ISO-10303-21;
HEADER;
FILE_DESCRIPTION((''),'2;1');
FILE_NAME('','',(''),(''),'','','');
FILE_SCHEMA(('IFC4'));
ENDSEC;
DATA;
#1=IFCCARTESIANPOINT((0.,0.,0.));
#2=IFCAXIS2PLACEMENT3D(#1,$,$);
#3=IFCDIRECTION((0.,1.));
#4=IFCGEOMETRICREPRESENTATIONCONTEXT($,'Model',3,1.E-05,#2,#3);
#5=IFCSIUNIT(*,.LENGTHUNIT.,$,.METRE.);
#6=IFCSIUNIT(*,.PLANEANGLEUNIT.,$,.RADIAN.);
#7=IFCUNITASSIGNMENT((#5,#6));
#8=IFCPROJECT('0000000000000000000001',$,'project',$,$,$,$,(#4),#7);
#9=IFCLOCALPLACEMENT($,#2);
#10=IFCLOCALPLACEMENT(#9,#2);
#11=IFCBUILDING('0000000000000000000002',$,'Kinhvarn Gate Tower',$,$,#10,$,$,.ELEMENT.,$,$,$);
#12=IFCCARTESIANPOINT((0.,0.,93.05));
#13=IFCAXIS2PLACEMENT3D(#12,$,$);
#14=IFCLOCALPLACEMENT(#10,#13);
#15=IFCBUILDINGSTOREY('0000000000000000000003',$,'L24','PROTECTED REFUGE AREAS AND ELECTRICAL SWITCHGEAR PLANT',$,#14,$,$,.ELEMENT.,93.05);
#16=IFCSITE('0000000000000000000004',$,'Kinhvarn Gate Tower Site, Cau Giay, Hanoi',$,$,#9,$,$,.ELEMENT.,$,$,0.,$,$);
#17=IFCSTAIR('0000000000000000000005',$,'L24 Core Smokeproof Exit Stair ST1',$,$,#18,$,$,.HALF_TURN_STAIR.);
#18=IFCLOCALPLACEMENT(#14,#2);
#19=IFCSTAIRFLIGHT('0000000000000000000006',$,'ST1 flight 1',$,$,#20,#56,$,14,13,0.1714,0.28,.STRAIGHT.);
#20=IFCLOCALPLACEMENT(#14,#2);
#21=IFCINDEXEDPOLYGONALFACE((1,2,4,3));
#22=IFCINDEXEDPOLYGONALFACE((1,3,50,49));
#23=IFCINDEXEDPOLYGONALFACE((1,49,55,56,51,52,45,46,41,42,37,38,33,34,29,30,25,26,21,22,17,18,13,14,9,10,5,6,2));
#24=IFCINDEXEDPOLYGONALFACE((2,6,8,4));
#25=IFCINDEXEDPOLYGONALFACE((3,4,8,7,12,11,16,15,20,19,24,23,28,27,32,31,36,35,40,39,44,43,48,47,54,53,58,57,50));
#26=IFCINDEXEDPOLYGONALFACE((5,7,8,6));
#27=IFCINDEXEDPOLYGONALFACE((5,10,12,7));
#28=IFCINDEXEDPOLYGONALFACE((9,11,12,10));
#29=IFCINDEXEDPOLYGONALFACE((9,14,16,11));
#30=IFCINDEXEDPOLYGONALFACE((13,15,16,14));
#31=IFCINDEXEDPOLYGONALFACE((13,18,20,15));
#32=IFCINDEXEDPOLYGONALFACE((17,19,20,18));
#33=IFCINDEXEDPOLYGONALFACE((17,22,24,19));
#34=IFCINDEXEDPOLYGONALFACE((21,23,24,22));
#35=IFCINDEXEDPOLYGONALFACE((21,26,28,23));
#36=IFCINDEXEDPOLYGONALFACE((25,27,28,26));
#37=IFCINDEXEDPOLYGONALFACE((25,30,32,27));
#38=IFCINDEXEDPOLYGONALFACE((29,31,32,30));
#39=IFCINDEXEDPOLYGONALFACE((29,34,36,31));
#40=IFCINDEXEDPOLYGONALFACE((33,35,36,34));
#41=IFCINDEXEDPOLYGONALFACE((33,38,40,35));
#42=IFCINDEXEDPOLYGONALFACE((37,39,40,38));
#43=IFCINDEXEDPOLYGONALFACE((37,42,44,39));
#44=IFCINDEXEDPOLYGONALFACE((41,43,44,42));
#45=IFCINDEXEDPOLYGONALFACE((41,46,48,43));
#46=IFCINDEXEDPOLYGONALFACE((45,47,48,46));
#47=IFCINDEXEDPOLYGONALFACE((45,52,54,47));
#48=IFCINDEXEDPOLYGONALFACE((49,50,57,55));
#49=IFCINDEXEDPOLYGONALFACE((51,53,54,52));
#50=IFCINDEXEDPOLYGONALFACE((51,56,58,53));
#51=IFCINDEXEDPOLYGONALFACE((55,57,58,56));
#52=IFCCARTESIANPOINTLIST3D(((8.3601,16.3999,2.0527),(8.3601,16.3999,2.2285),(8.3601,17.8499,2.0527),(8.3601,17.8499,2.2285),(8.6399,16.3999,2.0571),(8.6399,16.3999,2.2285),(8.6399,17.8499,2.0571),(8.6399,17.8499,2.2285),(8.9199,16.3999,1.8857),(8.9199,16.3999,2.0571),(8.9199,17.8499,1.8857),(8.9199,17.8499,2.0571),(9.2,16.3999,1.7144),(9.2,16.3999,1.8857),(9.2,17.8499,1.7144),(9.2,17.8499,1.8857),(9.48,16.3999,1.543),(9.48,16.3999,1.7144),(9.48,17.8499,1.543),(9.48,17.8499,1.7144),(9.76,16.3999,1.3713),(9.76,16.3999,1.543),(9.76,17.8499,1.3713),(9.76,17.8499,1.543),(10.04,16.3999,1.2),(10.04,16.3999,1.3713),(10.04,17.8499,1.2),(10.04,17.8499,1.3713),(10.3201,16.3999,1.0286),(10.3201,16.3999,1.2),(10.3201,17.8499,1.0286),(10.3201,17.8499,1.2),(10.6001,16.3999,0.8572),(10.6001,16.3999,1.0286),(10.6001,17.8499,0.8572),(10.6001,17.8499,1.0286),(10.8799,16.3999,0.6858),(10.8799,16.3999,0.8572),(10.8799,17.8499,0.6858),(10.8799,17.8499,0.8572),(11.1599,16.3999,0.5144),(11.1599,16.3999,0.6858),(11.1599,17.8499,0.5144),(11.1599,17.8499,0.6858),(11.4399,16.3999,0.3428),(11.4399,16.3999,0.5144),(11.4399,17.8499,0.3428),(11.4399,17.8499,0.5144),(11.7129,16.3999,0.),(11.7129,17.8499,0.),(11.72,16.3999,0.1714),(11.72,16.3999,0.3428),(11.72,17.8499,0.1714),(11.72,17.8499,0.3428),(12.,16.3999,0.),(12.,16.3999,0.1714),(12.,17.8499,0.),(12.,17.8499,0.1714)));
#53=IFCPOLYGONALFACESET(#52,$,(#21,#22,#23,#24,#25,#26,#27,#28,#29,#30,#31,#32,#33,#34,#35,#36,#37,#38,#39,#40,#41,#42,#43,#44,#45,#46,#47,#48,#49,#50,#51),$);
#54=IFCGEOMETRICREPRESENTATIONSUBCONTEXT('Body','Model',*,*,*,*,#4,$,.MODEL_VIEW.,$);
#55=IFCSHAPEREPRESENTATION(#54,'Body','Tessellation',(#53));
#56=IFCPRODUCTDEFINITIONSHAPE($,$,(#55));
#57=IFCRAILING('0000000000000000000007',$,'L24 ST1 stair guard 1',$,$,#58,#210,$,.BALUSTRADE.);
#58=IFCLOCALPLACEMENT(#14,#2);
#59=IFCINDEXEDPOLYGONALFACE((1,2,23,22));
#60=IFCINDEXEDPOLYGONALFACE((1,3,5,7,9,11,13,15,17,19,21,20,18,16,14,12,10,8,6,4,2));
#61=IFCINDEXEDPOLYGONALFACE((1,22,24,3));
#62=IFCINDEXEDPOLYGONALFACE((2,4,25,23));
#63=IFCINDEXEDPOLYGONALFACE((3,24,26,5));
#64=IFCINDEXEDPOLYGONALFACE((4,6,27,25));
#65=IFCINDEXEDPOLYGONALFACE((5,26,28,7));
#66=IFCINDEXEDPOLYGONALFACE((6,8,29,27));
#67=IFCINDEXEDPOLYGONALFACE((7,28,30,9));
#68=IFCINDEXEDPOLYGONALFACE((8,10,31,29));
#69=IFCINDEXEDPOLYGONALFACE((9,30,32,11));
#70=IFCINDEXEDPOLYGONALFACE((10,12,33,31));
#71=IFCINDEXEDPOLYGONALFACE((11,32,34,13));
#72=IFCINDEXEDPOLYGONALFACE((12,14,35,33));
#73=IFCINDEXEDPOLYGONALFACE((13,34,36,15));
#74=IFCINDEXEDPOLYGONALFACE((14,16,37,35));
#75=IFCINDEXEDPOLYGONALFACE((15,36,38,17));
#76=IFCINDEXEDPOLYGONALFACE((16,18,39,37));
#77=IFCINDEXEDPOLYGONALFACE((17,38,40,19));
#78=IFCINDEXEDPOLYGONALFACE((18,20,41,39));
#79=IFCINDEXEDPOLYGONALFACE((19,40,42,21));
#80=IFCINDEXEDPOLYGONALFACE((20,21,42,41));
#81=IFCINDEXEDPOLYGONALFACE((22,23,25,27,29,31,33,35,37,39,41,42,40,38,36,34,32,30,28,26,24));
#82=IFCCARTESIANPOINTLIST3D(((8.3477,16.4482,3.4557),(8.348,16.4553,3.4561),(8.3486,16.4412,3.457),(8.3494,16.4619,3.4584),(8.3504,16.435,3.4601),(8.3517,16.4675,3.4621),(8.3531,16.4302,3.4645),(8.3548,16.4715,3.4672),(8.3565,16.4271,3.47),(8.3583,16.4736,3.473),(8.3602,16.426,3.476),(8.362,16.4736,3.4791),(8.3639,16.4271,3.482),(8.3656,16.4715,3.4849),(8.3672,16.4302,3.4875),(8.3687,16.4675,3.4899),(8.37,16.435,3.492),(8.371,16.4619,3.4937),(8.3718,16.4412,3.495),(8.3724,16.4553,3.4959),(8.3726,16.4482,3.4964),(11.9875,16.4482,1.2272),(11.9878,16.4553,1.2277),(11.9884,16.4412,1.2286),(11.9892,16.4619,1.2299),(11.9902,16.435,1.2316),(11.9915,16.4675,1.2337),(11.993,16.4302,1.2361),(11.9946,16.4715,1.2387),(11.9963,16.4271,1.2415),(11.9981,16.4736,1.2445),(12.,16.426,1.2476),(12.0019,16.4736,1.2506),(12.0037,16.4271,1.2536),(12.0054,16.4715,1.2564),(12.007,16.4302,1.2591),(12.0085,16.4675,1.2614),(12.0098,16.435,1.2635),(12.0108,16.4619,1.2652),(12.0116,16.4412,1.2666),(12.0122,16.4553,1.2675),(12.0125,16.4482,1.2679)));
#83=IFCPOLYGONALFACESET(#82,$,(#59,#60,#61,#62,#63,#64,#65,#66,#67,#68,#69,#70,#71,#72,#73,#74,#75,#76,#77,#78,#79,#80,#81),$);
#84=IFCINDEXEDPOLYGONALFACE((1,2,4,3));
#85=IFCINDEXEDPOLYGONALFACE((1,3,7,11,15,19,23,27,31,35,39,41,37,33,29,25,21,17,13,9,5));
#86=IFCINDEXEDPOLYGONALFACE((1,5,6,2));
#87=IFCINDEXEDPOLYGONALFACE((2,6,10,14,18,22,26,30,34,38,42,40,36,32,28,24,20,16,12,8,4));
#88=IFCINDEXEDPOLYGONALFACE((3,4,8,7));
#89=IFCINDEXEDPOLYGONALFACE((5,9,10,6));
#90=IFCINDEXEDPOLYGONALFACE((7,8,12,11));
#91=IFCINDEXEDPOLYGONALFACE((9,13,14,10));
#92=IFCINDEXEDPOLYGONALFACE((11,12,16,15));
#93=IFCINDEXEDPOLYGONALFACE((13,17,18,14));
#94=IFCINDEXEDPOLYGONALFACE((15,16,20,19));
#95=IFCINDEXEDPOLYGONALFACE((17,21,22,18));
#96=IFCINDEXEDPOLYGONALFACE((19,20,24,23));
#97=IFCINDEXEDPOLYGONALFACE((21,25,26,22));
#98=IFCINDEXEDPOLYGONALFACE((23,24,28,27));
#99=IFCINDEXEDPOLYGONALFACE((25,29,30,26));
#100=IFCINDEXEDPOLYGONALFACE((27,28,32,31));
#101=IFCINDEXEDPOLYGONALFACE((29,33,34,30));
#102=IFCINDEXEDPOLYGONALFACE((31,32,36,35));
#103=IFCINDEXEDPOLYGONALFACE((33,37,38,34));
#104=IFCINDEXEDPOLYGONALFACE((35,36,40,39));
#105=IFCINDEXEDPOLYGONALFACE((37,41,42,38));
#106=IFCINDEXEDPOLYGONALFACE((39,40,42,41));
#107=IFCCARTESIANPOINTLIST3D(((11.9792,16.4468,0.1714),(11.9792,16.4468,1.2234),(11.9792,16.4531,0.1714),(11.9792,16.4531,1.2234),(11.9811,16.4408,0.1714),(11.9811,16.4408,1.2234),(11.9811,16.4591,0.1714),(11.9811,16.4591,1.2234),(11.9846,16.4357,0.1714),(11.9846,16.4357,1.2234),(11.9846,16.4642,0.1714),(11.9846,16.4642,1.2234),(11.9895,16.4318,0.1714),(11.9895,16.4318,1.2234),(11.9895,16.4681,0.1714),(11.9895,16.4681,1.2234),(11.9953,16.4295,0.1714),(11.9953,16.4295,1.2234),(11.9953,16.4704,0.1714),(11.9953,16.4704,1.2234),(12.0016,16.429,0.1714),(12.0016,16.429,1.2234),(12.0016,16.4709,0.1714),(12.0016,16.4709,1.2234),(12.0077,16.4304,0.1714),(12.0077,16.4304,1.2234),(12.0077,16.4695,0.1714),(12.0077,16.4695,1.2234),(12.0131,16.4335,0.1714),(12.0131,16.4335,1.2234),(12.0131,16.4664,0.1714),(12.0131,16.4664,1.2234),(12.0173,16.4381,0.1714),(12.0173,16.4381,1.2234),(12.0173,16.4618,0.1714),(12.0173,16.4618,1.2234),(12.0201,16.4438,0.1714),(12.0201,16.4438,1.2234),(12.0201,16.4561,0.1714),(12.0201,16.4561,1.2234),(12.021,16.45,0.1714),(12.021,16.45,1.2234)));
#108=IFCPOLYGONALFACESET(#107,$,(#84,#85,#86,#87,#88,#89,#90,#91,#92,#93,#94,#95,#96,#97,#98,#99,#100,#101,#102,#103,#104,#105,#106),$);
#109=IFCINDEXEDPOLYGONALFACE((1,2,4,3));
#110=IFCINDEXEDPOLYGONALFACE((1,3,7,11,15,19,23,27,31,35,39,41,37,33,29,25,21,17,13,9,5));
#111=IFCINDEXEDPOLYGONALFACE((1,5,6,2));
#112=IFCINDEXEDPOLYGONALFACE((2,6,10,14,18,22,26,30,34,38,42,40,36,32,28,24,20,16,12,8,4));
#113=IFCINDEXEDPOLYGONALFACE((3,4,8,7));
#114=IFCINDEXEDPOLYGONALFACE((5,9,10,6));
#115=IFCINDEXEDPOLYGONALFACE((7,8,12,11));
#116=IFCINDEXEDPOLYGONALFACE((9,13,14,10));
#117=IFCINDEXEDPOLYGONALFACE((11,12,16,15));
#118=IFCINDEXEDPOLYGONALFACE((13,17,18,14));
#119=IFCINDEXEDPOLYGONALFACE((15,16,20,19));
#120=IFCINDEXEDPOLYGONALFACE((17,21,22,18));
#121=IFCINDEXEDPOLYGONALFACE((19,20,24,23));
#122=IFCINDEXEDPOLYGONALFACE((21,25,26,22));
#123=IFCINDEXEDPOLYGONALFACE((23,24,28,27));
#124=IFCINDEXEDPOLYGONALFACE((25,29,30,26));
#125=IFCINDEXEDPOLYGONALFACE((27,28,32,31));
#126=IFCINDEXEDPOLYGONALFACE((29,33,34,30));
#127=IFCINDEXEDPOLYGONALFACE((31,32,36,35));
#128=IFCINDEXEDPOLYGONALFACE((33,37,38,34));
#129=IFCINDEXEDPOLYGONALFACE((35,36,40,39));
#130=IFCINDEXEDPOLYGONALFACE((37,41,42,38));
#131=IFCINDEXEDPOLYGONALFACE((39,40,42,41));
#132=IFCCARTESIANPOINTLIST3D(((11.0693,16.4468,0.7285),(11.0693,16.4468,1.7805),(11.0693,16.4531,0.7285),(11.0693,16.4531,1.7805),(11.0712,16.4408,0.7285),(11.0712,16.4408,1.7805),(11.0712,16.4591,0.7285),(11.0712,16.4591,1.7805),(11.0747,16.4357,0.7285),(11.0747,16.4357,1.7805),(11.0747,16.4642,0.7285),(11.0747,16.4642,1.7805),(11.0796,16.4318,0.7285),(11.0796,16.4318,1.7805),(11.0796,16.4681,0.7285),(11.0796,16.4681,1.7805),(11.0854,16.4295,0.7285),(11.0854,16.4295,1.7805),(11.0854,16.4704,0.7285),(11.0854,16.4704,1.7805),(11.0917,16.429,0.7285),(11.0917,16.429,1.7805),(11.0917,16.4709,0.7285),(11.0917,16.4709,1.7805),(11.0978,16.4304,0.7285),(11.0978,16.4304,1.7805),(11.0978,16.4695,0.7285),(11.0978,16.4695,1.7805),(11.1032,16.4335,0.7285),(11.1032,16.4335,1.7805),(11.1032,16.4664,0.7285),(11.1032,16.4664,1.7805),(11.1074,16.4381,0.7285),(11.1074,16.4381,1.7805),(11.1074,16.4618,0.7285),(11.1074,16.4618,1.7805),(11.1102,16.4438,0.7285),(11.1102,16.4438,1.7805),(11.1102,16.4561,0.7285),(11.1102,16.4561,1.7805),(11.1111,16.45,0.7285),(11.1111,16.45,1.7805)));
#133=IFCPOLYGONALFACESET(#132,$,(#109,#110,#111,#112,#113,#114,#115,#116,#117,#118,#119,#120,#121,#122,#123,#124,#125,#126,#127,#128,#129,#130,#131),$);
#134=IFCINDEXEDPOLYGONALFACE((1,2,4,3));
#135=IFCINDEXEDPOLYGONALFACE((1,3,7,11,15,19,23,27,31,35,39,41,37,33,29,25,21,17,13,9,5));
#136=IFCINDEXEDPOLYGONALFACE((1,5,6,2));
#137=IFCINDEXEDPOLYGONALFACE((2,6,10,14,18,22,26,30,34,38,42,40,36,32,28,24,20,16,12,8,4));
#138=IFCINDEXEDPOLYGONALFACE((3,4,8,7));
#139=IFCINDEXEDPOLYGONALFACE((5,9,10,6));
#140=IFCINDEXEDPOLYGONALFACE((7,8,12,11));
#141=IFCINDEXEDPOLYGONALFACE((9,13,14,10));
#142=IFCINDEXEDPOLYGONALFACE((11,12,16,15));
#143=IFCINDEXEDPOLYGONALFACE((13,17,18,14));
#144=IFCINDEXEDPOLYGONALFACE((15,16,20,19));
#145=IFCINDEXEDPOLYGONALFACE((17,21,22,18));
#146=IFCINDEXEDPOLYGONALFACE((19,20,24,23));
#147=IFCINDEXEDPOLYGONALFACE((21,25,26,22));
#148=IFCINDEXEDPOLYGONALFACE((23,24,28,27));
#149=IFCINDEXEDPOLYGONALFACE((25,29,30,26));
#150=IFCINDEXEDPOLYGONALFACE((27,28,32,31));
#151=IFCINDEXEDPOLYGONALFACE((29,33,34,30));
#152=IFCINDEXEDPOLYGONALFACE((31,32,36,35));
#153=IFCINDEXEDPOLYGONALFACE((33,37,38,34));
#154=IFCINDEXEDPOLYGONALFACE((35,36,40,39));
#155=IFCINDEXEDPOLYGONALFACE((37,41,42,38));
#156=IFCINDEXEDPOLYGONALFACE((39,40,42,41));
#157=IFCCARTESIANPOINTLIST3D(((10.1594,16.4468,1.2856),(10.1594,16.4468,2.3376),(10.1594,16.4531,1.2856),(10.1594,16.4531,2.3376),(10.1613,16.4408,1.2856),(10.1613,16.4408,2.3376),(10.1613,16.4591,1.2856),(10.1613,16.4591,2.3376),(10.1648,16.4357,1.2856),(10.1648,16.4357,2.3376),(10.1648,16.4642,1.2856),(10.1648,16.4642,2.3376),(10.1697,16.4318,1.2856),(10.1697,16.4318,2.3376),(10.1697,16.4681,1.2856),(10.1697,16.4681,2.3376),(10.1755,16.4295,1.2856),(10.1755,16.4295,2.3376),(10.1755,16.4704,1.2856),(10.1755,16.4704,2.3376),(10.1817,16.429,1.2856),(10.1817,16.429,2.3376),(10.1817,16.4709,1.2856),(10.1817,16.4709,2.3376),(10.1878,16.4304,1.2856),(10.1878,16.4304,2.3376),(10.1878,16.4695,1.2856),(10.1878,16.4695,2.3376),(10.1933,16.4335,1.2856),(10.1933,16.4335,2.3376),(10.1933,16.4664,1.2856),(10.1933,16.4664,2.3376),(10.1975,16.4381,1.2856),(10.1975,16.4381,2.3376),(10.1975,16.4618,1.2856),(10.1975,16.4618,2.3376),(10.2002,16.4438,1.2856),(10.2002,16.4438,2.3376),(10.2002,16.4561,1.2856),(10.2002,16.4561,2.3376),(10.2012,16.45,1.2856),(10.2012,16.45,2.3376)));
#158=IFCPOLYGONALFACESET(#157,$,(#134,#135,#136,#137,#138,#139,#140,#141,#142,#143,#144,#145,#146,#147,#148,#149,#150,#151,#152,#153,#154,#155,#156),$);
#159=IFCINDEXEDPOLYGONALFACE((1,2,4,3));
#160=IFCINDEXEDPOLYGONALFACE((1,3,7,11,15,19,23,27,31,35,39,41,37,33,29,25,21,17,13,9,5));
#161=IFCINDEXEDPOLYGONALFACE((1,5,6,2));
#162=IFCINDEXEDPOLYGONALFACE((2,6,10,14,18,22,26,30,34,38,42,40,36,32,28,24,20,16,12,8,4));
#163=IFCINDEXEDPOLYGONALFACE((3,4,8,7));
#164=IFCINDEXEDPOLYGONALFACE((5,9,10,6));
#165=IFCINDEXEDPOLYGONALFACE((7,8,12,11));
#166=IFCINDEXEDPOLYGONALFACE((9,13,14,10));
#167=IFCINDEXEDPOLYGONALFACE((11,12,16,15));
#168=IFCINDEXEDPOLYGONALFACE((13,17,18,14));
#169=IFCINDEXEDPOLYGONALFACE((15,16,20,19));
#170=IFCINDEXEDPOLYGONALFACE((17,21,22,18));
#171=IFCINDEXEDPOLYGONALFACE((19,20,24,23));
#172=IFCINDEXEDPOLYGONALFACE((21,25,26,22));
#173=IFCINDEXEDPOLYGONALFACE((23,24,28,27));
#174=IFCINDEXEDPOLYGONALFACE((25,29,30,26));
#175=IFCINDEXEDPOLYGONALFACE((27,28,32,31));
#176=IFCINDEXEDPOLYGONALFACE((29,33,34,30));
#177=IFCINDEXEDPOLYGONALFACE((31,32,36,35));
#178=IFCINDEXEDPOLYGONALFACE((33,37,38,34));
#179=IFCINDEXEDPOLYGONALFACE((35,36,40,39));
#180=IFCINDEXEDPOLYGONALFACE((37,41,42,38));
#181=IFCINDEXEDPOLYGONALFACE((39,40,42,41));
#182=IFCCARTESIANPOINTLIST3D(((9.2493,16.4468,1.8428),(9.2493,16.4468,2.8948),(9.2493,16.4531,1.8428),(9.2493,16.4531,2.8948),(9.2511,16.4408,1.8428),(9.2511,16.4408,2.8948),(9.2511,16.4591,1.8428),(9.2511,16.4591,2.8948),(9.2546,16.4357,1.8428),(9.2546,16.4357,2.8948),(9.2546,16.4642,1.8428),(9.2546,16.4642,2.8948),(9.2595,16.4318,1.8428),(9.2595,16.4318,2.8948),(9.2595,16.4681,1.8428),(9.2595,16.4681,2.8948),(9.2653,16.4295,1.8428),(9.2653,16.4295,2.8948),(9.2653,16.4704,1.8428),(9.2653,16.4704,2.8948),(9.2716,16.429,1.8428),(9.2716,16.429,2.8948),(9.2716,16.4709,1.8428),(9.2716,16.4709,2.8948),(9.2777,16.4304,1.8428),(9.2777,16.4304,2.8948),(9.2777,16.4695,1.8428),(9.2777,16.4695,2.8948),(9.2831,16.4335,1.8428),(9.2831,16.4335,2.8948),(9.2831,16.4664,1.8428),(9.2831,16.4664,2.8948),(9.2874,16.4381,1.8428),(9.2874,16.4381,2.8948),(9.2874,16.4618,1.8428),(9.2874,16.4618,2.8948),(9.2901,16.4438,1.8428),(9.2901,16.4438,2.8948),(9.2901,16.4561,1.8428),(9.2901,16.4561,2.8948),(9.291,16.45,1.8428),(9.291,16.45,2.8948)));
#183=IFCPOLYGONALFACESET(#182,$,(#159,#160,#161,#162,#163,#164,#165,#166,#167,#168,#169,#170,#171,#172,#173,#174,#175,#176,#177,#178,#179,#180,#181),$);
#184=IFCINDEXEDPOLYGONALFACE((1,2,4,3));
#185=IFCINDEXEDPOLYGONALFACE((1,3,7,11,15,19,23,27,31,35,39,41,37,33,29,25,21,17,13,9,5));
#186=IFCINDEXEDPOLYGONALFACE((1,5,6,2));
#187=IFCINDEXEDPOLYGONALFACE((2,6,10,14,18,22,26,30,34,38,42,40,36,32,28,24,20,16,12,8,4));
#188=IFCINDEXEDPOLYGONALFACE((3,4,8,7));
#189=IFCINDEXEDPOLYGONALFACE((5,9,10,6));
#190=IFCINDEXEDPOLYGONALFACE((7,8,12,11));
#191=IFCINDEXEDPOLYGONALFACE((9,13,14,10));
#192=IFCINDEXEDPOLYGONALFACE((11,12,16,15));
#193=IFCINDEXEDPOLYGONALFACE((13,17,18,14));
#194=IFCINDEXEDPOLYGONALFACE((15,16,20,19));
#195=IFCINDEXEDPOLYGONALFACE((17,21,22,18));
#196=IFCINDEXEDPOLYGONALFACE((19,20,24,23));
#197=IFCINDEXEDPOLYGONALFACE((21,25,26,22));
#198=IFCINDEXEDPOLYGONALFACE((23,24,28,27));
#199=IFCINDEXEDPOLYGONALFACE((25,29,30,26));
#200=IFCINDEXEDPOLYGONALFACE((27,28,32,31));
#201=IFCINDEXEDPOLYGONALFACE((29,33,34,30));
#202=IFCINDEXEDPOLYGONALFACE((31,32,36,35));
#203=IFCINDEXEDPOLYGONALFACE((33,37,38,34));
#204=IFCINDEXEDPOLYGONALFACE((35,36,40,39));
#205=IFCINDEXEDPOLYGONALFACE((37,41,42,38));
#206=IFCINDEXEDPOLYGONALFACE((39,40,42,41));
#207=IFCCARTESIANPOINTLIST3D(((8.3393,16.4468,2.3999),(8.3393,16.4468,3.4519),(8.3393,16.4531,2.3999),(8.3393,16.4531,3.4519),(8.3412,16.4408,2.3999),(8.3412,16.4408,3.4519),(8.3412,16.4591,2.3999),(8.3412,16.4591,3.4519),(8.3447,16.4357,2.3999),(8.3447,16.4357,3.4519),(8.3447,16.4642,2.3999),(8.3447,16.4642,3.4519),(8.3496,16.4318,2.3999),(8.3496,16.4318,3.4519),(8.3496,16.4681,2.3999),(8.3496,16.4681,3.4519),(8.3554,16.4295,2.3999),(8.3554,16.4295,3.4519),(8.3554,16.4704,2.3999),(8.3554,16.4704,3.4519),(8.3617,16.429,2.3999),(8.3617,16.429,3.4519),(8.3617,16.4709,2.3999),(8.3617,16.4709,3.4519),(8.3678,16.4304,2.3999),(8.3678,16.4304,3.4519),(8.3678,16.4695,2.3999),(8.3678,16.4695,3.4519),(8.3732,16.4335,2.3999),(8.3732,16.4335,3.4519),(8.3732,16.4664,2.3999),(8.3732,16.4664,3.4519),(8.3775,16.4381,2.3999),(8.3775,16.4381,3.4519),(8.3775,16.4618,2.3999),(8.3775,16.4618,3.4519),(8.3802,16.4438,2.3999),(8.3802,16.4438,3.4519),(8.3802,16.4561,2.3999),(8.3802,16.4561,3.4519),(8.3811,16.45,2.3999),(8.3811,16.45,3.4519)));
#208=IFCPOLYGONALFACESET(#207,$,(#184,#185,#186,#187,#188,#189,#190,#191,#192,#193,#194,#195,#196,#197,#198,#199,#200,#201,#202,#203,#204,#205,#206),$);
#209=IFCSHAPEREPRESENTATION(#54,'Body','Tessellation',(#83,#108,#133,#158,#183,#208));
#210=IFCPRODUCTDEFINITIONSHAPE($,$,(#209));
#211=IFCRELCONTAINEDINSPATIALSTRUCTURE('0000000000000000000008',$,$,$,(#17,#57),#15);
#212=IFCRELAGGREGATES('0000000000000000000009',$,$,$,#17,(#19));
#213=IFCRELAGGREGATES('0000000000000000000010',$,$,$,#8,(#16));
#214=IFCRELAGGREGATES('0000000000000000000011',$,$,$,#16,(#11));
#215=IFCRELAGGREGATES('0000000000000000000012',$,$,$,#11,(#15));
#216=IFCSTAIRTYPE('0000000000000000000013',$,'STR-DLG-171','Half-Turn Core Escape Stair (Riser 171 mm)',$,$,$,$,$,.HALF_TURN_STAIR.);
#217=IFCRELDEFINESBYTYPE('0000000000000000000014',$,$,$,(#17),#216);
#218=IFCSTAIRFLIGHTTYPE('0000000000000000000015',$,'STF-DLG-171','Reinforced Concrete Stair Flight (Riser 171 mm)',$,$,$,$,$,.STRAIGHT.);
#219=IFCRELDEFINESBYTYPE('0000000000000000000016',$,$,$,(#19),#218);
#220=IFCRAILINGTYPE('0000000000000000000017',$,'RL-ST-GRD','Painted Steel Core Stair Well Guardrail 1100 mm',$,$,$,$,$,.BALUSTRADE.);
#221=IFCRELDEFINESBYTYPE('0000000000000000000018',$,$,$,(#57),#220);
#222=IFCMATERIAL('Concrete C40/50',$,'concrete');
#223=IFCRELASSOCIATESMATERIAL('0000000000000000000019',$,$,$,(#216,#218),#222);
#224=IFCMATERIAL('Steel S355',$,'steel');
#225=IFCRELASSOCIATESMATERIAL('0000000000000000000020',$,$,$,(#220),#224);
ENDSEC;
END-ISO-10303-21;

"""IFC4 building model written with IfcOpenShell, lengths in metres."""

from ifc_helpers import new_model, si_unit, direction, frame, origin, origin_2d, place, context, subcontext, project, spatial, polyline, circle, outline, extrude, material, type_object, element, aggregate, save


model = new_model("IFC4")

# Units and contexts
model_context = context("Model", 3, precision=1e-05, world=origin(), true_north=direction((0.0, 1.0)))
body_context = subcontext(model_context, "Body", "Model", "MODEL_VIEW")
ifc_project = project(units=[si_unit("LENGTHUNIT", "METRE"), si_unit("PLANEANGLEUNIT", "RADIAN")], contexts=[model_context])

# Site, building, storey
site_placement = place(None, origin())
site = spatial("IfcSite", under=ifc_project, at=site_placement, Name="Kinhvarn Gate Tower Site, Cau Giay, Hanoi", CompositionType="ELEMENT", RefElevation=0.0)
building_placement = place(site_placement, origin())
building = spatial("IfcBuilding", under=site, at=building_placement, Name="Kinhvarn Gate Tower", CompositionType="ELEMENT")
storey_placement = place(building_placement, frame((0.0, 0.0, 93.05)))
storey = spatial("IfcBuildingStorey", under=building, at=storey_placement, Name="L24", Description="PROTECTED REFUGE AREAS AND ELECTRICAL SWITCHGEAR PLANT", CompositionType="ELEMENT", Elevation=93.05)

# Shared definitions
ifc_material_1 = material(Name="Steel S355", Category="steel")

# Shared definitions
ifc_material_2 = material(Name="Concrete C40/50", Category="concrete")

# Stair, stair flight
stair_type = type_object("IfcStairType", Name="STR-DLG-171", Description="Half-Turn Core Escape Stair (Riser 171 mm)", PredefinedType="HALF_TURN_STAIR", material=ifc_material_2)
stair_placement = place(storey_placement, origin())
stair = element("IfcStair", 1, at=stair_placement, inside=storey, type_object=stair_type, Name="L24 Core Smokeproof Exit Stair ST1", PredefinedType="HALF_TURN_STAIR")
stair_flight_type = type_object("IfcStairFlightType", Name="STF-DLG-171", Description="Reinforced Concrete Stair Flight (Riser 171 mm)", PredefinedType="STRAIGHT", material=ifc_material_2)
stair_flight_placement = place(storey_placement, frame((12.0, 17.125, 0.0), z_axis=(0.0, 0.0, 1.0), x_axis=(-1.0, 0.0, 0.0)))
stair_flight = element("IfcStairFlight", 2, at=stair_flight_placement, type_object=stair_flight_type, Name="ST1 flight 1", NumberOfRisers=14, NumberOfTreads=13, PredefinedType="STRAIGHT", RiserHeight=0.1714, TreadLength=0.28, context=body_context, shape_type="SweptSolid", body=[
    extrude(outline(polyline([(0.0, 0.0), (0.0, 0.1714), (0.28, 0.1714), (0.28, 0.3428), (0.5601, 0.3428), (0.5601, 0.5144), (0.8401, 0.5144), (0.8401, 0.6858), (1.1201, 0.6858), (1.1201, 0.8572), (1.3999, 0.8572), (1.3999, 1.0286), (1.6799, 1.0286), (1.6799, 1.2), (1.96, 1.2), (1.96, 1.3713), (2.24, 1.3713), (2.24, 1.543), (2.52, 1.543), (2.52, 1.7144), (2.8, 1.7144), (2.8, 1.8857), (3.0801, 1.8857), (3.0801, 2.0571), (3.3601, 2.0571), (3.3601, 2.2285), (3.6399, 2.2285), (3.6399, 2.3999), (3.6399, 2.0527), (0.2871, 0.0), (0.0, 0.0)])), frame((0.0, 0.7251, 0.0), z_axis=(0.0, -1.0, 0.0), x_axis=(1.0, 0.0, 0.0)), (0.0, 0.0, 1.0), 1.45),
])
aggregate(stair, [stair_flight])

# Railing
railing_type_1 = type_object("IfcRailingType", Name="RL-ST-GRD", Description="Painted Steel Core Stair Well Guardrail 1100 mm", PredefinedType="BALUSTRADE", material=ifc_material_1)
railing_1_placement = place(storey_placement, frame((12.0, 16.45, 0.1714)))
element("IfcRailing", 3, at=railing_1_placement, inside=storey, type_object=railing_type_1, Name="L24 ST1 stair guard 1", PredefinedType="BALUSTRADE", context=body_context, shape_type="SweptSolid", body=[
    extrude(circle(Radius=0.0239, at=origin_2d()), frame((0.0, 0.0, 1.0762), z_axis=(-0.85285, 0.0, 0.522156), x_axis=(0.0, -1.0, 0.0)), (0.0, 0.0, 1.0), 4.2678),
    extrude(circle(Radius=0.021, at=origin_2d()), origin(), (0.0, 0.0, 1.0), 1.052),
    extrude(circle(Radius=0.021, at=origin_2d()), frame((-0.9099, 0.0, 0.5571)), (0.0, 0.0, 1.0), 1.052),
    extrude(circle(Radius=0.021, at=origin_2d()), frame((-1.8198, 0.0, 1.1143)), (0.0, 0.0, 1.0), 1.052),
    extrude(circle(Radius=0.021, at=origin_2d()), frame((-2.73, 0.0, 1.6714)), (0.0, 0.0, 1.0), 1.052),
    extrude(circle(Radius=0.021, at=origin_2d()), frame((-3.6399, 0.0, 2.2285)), (0.0, 0.0, 1.0), 1.052),
])

save(model, "model.ifc")
